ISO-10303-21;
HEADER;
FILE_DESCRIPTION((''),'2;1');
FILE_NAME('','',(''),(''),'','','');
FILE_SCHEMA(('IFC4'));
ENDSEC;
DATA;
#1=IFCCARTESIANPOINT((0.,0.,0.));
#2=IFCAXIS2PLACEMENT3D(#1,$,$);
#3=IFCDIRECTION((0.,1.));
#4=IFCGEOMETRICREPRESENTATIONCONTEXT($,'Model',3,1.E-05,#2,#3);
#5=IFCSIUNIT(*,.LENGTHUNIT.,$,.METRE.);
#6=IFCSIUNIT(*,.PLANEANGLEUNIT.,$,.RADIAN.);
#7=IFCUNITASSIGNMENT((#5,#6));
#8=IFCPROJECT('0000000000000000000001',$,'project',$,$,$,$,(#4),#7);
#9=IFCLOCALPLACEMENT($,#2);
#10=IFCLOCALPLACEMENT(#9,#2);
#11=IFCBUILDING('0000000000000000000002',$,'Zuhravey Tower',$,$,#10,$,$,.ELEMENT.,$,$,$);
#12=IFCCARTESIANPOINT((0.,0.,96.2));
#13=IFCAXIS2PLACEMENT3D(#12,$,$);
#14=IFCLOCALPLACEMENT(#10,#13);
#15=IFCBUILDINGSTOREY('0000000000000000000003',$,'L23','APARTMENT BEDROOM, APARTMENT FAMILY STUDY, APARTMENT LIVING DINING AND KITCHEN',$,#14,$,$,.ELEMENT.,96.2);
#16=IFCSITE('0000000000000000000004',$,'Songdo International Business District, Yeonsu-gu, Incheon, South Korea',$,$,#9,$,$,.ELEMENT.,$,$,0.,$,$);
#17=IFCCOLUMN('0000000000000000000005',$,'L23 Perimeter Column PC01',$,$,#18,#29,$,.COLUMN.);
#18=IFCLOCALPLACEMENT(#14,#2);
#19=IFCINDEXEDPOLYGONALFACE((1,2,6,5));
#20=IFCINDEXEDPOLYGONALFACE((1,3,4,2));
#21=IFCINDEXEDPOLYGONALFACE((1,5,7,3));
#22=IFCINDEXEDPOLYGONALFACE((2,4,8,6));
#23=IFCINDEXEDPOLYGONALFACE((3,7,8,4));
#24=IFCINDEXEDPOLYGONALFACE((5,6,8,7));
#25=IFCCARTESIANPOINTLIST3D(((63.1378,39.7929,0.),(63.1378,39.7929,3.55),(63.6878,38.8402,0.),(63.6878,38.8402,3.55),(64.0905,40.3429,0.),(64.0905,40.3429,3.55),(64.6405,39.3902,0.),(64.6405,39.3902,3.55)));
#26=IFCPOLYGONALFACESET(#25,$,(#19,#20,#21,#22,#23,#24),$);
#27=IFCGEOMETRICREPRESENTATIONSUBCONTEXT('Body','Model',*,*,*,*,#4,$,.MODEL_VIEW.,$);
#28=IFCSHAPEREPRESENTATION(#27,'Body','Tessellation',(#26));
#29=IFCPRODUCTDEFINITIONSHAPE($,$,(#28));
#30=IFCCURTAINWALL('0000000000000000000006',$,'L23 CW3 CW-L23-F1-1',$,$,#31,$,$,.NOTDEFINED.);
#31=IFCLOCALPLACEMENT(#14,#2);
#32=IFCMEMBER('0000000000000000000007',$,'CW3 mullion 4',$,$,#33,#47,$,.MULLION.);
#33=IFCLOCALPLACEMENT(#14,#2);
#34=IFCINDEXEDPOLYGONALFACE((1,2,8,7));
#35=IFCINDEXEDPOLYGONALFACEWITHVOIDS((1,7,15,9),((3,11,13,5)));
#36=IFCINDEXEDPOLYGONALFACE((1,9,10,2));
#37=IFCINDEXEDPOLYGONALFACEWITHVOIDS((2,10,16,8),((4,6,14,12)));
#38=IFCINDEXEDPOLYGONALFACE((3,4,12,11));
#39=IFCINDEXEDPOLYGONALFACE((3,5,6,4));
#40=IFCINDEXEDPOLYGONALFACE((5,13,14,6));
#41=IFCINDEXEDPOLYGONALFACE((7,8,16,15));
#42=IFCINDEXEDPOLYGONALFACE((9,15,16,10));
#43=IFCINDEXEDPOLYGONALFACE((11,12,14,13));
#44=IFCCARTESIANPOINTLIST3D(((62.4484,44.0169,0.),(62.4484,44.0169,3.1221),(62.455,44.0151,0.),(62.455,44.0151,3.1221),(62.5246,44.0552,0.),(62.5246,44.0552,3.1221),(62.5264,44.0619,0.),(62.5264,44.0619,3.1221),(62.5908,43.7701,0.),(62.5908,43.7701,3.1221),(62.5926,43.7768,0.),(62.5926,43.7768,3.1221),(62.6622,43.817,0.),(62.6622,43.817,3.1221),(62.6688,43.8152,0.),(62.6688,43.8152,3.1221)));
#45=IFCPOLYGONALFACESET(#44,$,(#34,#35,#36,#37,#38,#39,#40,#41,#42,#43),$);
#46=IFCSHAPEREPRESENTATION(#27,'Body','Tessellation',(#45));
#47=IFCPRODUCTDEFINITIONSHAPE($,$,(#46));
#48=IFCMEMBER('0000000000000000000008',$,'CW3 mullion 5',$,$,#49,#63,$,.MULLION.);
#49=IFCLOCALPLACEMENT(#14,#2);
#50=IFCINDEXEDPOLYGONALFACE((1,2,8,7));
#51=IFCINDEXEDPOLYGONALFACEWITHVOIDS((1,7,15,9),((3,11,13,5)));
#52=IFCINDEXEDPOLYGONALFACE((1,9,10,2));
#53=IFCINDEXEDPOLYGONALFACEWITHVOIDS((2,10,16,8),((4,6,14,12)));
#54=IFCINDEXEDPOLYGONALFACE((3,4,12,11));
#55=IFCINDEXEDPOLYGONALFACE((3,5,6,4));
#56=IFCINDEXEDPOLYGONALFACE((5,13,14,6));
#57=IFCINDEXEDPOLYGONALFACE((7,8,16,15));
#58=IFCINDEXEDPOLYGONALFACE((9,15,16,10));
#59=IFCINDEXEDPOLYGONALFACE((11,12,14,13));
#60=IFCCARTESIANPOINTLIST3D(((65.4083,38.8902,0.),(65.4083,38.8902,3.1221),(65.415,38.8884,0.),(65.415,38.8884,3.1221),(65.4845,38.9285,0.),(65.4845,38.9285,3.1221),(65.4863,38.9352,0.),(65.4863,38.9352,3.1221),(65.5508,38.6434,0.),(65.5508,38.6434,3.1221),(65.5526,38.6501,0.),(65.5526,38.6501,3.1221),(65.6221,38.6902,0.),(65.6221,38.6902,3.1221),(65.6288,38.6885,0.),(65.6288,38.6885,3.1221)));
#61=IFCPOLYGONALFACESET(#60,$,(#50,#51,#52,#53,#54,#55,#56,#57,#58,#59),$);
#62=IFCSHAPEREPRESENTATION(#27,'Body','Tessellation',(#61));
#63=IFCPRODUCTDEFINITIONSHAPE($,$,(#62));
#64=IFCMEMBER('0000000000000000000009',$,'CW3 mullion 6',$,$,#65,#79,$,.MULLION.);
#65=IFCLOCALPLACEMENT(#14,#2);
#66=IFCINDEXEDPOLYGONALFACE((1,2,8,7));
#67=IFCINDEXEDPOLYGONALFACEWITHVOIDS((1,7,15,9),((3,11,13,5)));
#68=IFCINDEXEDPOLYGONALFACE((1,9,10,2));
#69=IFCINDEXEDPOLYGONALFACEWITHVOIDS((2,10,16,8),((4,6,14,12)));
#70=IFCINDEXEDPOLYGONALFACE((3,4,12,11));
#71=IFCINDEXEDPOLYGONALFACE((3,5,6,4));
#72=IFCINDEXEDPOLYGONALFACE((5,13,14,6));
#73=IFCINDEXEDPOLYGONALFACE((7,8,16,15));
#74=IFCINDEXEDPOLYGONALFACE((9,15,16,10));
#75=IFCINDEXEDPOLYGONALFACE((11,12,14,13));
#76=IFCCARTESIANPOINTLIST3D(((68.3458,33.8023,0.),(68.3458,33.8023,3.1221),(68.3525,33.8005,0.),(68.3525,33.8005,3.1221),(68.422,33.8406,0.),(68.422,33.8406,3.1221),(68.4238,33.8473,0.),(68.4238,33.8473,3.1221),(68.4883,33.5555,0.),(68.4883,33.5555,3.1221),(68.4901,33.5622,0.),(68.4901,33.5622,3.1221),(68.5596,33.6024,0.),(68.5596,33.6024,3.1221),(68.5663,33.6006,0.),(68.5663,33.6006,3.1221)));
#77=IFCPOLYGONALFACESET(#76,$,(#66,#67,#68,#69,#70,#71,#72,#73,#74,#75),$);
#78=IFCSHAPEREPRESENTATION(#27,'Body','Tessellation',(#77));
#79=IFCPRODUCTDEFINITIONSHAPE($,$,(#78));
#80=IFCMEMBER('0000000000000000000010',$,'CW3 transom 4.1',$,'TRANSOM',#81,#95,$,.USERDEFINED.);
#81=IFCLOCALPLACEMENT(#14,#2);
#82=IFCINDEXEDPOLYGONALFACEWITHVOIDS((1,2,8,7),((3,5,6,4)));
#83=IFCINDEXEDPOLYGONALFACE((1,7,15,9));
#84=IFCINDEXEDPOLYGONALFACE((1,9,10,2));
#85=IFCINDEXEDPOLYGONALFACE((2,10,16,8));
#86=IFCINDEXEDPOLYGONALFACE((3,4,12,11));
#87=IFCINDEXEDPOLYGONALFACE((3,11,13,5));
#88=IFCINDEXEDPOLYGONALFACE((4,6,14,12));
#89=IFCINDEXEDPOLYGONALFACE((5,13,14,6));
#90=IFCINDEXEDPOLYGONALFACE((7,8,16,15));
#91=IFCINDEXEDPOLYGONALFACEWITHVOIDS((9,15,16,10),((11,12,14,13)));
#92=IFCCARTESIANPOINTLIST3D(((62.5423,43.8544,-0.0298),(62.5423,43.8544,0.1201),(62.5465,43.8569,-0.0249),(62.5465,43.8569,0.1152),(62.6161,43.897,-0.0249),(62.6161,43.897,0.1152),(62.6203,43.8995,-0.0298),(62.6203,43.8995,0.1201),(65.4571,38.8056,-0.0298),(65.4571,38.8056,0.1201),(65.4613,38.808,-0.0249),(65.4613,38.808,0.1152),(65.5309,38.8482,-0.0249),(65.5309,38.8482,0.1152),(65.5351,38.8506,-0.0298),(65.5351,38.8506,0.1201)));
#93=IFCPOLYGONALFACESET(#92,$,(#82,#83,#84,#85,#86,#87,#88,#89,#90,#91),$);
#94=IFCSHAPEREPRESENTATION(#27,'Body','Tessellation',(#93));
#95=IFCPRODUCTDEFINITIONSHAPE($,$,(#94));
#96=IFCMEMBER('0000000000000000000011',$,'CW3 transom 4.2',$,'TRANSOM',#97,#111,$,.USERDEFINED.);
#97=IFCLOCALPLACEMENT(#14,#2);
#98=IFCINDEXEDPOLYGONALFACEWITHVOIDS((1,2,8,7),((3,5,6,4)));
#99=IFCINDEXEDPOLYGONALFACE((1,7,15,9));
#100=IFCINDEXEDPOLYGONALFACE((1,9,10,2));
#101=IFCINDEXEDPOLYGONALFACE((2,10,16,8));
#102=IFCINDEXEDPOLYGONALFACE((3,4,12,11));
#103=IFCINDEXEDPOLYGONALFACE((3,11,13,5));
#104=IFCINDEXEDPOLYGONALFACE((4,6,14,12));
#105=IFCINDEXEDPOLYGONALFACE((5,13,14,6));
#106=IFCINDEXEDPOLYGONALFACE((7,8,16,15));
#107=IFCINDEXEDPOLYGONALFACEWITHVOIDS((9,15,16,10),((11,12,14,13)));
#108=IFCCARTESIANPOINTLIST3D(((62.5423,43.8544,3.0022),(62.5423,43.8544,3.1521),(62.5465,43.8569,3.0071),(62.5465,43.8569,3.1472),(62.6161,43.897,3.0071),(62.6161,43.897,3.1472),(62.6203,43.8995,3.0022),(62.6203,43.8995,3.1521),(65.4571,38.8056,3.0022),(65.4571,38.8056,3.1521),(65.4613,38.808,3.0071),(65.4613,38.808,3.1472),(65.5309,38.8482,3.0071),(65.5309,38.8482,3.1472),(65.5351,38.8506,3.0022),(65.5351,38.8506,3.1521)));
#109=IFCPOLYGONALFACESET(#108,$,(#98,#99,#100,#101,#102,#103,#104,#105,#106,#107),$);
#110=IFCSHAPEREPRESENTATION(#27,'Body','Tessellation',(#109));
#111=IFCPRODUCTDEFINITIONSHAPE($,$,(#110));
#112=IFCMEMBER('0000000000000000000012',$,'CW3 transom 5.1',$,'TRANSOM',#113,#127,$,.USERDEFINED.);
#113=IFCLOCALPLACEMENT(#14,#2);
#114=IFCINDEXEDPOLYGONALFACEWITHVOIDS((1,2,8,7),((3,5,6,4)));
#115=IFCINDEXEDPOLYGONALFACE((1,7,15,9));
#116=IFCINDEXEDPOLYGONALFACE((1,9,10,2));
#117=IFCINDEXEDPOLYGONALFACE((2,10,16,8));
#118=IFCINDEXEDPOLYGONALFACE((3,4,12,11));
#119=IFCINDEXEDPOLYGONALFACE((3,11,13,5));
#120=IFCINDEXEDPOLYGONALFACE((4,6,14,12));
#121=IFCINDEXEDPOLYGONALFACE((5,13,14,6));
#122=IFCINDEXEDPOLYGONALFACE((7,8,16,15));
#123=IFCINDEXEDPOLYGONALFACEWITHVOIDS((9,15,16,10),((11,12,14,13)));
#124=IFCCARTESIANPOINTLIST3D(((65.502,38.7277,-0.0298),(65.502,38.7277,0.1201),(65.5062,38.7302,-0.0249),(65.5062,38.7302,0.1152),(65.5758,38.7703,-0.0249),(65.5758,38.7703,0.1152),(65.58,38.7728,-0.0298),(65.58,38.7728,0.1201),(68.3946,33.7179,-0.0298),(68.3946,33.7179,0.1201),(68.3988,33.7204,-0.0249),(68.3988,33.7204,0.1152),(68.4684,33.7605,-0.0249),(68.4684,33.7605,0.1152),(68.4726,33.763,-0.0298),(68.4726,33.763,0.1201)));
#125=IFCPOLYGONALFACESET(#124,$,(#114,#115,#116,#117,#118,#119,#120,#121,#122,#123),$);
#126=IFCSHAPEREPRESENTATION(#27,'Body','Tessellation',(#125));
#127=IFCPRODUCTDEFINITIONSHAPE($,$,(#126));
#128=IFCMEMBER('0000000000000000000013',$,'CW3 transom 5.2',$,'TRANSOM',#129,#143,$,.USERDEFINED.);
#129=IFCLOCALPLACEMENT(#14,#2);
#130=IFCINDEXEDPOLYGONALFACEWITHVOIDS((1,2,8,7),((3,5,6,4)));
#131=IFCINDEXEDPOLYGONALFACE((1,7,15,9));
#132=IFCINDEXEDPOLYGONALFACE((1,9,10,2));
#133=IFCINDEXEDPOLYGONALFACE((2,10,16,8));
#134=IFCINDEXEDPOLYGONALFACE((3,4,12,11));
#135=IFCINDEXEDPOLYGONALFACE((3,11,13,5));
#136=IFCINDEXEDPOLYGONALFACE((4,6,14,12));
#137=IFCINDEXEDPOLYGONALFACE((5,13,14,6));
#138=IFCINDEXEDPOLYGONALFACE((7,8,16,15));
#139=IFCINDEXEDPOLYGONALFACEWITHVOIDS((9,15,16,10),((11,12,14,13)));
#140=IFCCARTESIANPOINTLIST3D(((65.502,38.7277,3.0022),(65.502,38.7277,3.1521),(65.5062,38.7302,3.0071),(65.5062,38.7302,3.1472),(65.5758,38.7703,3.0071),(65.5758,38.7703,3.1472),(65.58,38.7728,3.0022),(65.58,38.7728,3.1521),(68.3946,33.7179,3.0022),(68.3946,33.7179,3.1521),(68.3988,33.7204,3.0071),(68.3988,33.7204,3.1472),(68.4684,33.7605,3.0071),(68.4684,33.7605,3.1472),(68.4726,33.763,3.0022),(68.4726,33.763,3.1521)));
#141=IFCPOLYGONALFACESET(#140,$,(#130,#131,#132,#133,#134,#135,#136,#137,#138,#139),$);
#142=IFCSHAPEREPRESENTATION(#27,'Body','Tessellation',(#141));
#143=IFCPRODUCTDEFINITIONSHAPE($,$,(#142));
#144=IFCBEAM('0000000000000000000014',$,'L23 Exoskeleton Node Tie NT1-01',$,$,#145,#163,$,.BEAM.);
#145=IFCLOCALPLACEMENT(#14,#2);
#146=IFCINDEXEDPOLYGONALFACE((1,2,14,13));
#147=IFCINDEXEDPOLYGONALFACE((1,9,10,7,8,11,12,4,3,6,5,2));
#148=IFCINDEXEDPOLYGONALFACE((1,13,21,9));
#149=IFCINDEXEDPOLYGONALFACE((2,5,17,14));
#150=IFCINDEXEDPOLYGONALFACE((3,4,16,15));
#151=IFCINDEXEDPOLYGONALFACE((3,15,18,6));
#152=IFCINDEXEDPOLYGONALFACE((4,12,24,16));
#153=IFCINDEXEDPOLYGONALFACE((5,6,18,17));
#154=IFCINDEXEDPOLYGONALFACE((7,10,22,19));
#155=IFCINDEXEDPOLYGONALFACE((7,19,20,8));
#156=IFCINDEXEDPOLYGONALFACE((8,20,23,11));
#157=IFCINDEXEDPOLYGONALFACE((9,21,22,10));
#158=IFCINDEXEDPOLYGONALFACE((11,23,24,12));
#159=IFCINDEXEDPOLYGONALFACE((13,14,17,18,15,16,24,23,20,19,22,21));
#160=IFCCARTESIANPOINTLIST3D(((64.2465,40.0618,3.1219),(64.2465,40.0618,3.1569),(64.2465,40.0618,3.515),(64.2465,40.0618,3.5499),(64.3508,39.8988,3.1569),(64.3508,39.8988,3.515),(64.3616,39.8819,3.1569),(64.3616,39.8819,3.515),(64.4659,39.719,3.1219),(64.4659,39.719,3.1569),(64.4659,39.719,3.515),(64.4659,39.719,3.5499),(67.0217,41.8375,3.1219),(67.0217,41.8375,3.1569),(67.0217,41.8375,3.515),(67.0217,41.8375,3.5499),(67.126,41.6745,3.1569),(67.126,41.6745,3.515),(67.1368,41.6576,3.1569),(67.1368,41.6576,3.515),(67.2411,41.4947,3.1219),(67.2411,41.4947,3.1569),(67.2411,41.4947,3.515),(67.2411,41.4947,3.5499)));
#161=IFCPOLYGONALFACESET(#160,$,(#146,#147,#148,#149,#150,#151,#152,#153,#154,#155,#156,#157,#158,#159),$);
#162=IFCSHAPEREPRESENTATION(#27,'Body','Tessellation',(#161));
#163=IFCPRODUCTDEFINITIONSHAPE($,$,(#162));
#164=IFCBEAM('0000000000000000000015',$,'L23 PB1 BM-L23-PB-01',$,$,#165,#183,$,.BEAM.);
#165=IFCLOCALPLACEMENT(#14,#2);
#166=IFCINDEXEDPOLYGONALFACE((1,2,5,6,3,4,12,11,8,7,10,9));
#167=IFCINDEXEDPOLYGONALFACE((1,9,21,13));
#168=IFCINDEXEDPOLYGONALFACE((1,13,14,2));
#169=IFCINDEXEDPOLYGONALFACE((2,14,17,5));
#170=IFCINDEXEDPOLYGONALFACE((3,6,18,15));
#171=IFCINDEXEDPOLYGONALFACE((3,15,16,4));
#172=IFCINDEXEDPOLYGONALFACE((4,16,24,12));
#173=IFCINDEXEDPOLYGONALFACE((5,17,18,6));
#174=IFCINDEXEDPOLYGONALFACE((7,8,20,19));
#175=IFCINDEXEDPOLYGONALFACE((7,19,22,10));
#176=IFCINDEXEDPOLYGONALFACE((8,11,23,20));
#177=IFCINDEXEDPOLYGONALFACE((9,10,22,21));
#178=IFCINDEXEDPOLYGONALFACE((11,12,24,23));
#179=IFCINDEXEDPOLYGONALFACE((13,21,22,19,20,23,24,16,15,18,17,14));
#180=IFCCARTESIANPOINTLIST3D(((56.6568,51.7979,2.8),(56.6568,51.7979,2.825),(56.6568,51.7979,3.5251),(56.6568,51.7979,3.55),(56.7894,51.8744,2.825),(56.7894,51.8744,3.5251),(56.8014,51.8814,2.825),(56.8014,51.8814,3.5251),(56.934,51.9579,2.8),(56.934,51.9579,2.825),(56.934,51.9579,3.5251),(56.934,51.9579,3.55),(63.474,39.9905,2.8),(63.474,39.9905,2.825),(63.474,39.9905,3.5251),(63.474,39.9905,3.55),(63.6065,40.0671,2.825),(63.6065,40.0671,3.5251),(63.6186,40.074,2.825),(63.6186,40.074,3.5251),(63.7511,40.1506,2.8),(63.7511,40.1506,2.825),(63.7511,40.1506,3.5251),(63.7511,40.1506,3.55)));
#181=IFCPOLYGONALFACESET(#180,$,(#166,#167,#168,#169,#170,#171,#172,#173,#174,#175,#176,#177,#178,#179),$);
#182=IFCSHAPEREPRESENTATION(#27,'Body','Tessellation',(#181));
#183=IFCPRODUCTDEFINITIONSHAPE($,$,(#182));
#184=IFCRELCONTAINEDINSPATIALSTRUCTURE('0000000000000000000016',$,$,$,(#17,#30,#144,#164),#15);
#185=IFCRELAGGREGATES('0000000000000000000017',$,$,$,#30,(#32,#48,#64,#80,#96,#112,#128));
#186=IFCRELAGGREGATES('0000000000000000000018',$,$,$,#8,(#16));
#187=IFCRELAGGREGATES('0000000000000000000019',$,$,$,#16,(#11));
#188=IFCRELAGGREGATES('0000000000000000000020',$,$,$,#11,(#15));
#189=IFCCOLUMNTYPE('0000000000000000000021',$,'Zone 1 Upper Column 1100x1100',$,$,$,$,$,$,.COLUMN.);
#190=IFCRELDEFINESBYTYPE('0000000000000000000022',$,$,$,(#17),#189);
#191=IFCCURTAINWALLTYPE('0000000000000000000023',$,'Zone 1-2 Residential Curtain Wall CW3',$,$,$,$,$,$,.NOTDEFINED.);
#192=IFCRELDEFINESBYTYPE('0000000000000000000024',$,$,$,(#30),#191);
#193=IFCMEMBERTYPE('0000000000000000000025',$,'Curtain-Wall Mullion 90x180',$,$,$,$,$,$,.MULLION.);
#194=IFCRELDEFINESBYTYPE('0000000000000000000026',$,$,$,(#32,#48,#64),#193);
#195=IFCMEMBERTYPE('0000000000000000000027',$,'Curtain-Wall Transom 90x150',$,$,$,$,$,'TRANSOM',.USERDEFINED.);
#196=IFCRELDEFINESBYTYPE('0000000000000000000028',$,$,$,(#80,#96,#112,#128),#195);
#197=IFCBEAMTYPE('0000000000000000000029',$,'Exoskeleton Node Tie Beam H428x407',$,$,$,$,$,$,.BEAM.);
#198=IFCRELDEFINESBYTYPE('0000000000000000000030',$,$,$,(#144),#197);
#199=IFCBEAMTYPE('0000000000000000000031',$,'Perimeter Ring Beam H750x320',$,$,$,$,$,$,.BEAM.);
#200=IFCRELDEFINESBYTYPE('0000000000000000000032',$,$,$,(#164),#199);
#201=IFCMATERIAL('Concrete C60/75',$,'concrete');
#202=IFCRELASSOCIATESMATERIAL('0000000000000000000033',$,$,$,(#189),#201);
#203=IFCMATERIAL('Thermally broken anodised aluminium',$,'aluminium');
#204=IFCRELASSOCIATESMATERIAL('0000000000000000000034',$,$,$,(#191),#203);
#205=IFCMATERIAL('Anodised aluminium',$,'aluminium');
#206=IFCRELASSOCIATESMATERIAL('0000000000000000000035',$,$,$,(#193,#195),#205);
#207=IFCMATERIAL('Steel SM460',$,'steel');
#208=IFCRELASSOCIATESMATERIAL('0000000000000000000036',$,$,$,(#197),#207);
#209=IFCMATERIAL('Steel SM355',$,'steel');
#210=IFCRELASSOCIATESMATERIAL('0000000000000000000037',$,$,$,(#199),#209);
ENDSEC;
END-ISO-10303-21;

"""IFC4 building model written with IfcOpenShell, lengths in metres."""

from ifc_helpers import new_model, si_unit, direction, frame, origin, origin_2d, place, context, subcontext, project, spatial, rectangle, hollow_rectangle, i_section, extrude, material, material_profile, profile_set, type_object, element, aggregate, save


model = new_model("IFC4")

# Units and contexts
model_context = context("Model", 3, precision=1e-05, world=origin(), true_north=direction((0.0, 1.0)))
body_context = subcontext(model_context, "Body", "Model", "MODEL_VIEW")
ifc_project = project(units=[si_unit("LENGTHUNIT", "METRE"), si_unit("PLANEANGLEUNIT", "RADIAN")], contexts=[model_context])

# Site, building, storey
site_placement = place(None, origin())
site = spatial("IfcSite", under=ifc_project, at=site_placement, Name="Songdo International Business District, Yeonsu-gu, Incheon, South Korea", CompositionType="ELEMENT", RefElevation=0.0)
building_placement = place(site_placement, origin())
building = spatial("IfcBuilding", under=site, at=building_placement, Name="Zuhravey Tower", CompositionType="ELEMENT")
storey_placement = place(building_placement, frame((0.0, 0.0, 96.2)))
storey = spatial("IfcBuildingStorey", under=building, at=storey_placement, Name="L23", Description="APARTMENT BEDROOM, APARTMENT FAMILY STUDY, APARTMENT LIVING DINING AND KITCHEN", CompositionType="ELEMENT", Elevation=96.2)

# Column
ifc_material_1 = material(Name="Concrete C60/75", Category="concrete")
ifc_material_profile_1 = material_profile(ifc_material_1, rectangle(XDim=1.1001, YDim=1.1001, at=origin_2d()), Name="RC-1100x1100")
ifc_profile_set_1 = profile_set([ifc_material_profile_1], Name="Concrete C60/75")
column_type = type_object("IfcColumnType", Name="Zone 1 Upper Column 1100x1100", PredefinedType="COLUMN", material=ifc_profile_set_1)
column_placement = place(storey_placement, frame((63.8892, 39.5916, 0.0), z_axis=(0.0, 0.0, 1.0), x_axis=(-0.5, 0.866025, 0.0)))
element("IfcColumn", 1, at=column_placement, inside=storey, type_object=column_type, Name="L23 Perimeter Column PC01", PredefinedType="COLUMN", context=body_context, shape_type="SweptSolid", body=[
    extrude(rectangle(XDim=1.1001, YDim=1.1001, at=origin_2d()), origin(), (0.0, 0.0, 1.0), 3.55),
])

# Curtain wall, members
ifc_material_2 = material(Name="Thermally broken anodised aluminium", Category="aluminium")
curtain_wall_type = type_object("IfcCurtainWallType", Name="Zone 1-2 Residential Curtain Wall CW3", PredefinedType="NOTDEFINED", material=ifc_material_2)
curtain_wall_placement = place(storey_placement, origin())
curtain_wall = element("IfcCurtainWall", 2, at=curtain_wall_placement, inside=storey, type_object=curtain_wall_type, Name="L23 CW3 CW-L23-F1-1", PredefinedType="NOTDEFINED")
ifc_material_3 = material(Name="Anodised aluminium", Category="aluminium")
ifc_material_profile_2 = material_profile(ifc_material_3, hollow_rectangle(XDim=0.0901, YDim=0.2849, WallThickness=0.0049, at=origin_2d()), Name="ALU-RHS-90x285x5")
ifc_profile_set_2 = profile_set([ifc_material_profile_2], Name="Anodised aluminium")
member_type_1 = type_object("IfcMemberType", Name="Curtain-Wall Mullion 90x180", PredefinedType="MULLION", material=ifc_profile_set_2)
member_1_placement = place(storey_placement, frame((62.5586, 43.916, 0.0), z_axis=(0.0, 0.0, 1.0), x_axis=(0.866026, 0.5, 0.0)))
member_1 = element("IfcMember", 3, at=member_1_placement, type_object=member_type_1, Name="CW3 mullion 4", PredefinedType="MULLION", context=body_context, shape_type="SweptSolid", body=[
    extrude(hollow_rectangle(XDim=0.0901, YDim=0.2849, WallThickness=0.0049, at=origin_2d()), origin(), (0.0, 0.0, 1.0), 3.1221),
])
member_2_placement = place(storey_placement, frame((65.5186, 38.7893, 0.0), z_axis=(0.0, 0.0, 1.0), x_axis=(0.866026, 0.5, 0.0)))
member_2 = element("IfcMember", 4, at=member_2_placement, type_object=member_type_1, Name="CW3 mullion 5", PredefinedType="MULLION", context=body_context, shape_type="SweptSolid", body=[
    extrude(hollow_rectangle(XDim=0.0901, YDim=0.2849, WallThickness=0.0049, at=origin_2d()), origin(), (0.0, 0.0, 1.0), 3.1221),
])
member_3_placement = place(storey_placement, frame((68.4561, 33.7014, 0.0), z_axis=(0.0, 0.0, 1.0), x_axis=(0.866026, 0.5, 0.0)))
member_3 = element("IfcMember", 5, at=member_3_placement, type_object=member_type_1, Name="CW3 mullion 6", PredefinedType="MULLION", context=body_context, shape_type="SweptSolid", body=[
    extrude(hollow_rectangle(XDim=0.0901, YDim=0.2849, WallThickness=0.0049, at=origin_2d()), origin(), (0.0, 0.0, 1.0), 3.1221),
])
ifc_material_profile_3 = material_profile(ifc_material_3, hollow_rectangle(XDim=0.0901, YDim=0.1499, WallThickness=0.0049, at=origin_2d()), Name="ALU-RHS-90x150x5")
ifc_profile_set_3 = profile_set([ifc_material_profile_3], Name="Anodised aluminium")
member_type_2 = type_object("IfcMemberType", Name="Curtain-Wall Transom 90x150", ElementType="TRANSOM", PredefinedType="USERDEFINED", material=ifc_profile_set_3)
member_4_placement = place(storey_placement, frame((62.5813, 43.877, 0.0452), z_axis=(0.499981, -0.866036, 0.0), x_axis=(0.866036, 0.499981, 0.0)))
member_4 = element("IfcMember", 6, at=member_4_placement, type_object=member_type_2, Name="CW3 transom 4.1", ObjectType="TRANSOM", PredefinedType="USERDEFINED", context=body_context, shape_type="SweptSolid", body=[
    extrude(hollow_rectangle(XDim=0.0901, YDim=0.1499, WallThickness=0.0049, at=origin_2d()), origin(), (0.0, 0.0, 1.0), 5.8298),
])
member_5_placement = place(storey_placement, frame((62.5813, 43.877, 3.0771), z_axis=(0.499981, -0.866036, 0.0), x_axis=(0.866036, 0.499981, 0.0)))
member_5 = element("IfcMember", 7, at=member_5_placement, type_object=member_type_2, Name="CW3 transom 4.2", ObjectType="TRANSOM", PredefinedType="USERDEFINED", context=body_context, shape_type="SweptSolid", body=[
    extrude(hollow_rectangle(XDim=0.0901, YDim=0.1499, WallThickness=0.0049, at=origin_2d()), origin(), (0.0, 0.0, 1.0), 5.8298),
])
member_6_placement = place(storey_placement, frame((65.541, 38.7502, 0.0452), z_axis=(0.500024, -0.866011, 0.0), x_axis=(0.866011, 0.500024, 0.0)))
member_6 = element("IfcMember", 8, at=member_6_placement, type_object=member_type_2, Name="CW3 transom 5.1", ObjectType="TRANSOM", PredefinedType="USERDEFINED", context=body_context, shape_type="SweptSolid", body=[
    extrude(hollow_rectangle(XDim=0.0901, YDim=0.1499, WallThickness=0.0049, at=origin_2d()), origin(), (0.0, 0.0, 1.0), 5.7849),
])
member_7_placement = place(storey_placement, frame((65.541, 38.7502, 3.0771), z_axis=(0.500024, -0.866011, 0.0), x_axis=(0.866011, 0.500024, 0.0)))
member_7 = element("IfcMember", 9, at=member_7_placement, type_object=member_type_2, Name="CW3 transom 5.2", ObjectType="TRANSOM", PredefinedType="USERDEFINED", context=body_context, shape_type="SweptSolid", body=[
    extrude(hollow_rectangle(XDim=0.0901, YDim=0.1499, WallThickness=0.0049, at=origin_2d()), origin(), (0.0, 0.0, 1.0), 5.7849),
])

# Beams
ifc_material_4 = material(Name="Steel SM460", Category="steel")
ifc_material_profile_4 = material_profile(ifc_material_4, i_section(OverallWidth=0.407, OverallDepth=0.428, WebThickness=0.02, FlangeThickness=0.0349, at=origin_2d()), Name="H-428x407x20x35")
ifc_profile_set_4 = profile_set([ifc_material_profile_4], Name="Steel SM460")
beam_type_1 = type_object("IfcBeamType", Name="Exoskeleton Node Tie Beam H428x407", PredefinedType="BEAM", material=ifc_profile_set_4)
beam_1_placement = place(storey_placement, frame((64.3562, 39.8904, 3.3359), z_axis=(0.842335, 0.538955, 0.0), x_axis=(-0.538955, 0.842335, 0.0)))
element("IfcBeam", 10, at=beam_1_placement, inside=storey, type_object=beam_type_1, Name="L23 Exoskeleton Node Tie NT1-01", PredefinedType="BEAM", context=body_context, shape_type="SweptSolid", body=[
    extrude(i_section(OverallWidth=0.407, OverallDepth=0.428, WebThickness=0.02, FlangeThickness=0.0349, at=origin_2d()), origin(), (0.0, 0.0, 1.0), 3.2947),
])
ifc_material_5 = material(Name="Steel SM355", Category="steel")
ifc_material_profile_5 = material_profile(ifc_material_5, i_section(OverallWidth=0.3201, OverallDepth=0.75, WebThickness=0.0139, FlangeThickness=0.0249, at=origin_2d()), Name="H-750x320x14x25")
ifc_profile_set_5 = profile_set([ifc_material_profile_5], Name="Steel SM355")
beam_type_2 = type_object("IfcBeamType", Name="Perimeter Ring Beam H750x320", PredefinedType="BEAM", material=ifc_profile_set_5)
beam_2_placement = place(storey_placement, frame((63.6125, 40.0706, 3.175), z_axis=(-0.500008, 0.866021, 0.0), x_axis=(-0.866021, -0.500008, 0.0)))
element("IfcBeam", 11, at=beam_2_placement, inside=storey, type_object=beam_type_2, Name="L23 PB1 BM-L23-PB-01", PredefinedType="BEAM", context=body_context, shape_type="SweptSolid", body=[
    extrude(i_section(OverallWidth=0.3201, OverallDepth=0.75, WebThickness=0.0139, FlangeThickness=0.0249, at=origin_2d()), origin(), (0.0, 0.0, 1.0), 13.634),
])

aggregate(curtain_wall, [member_1, member_2, member_3, member_4, member_5, member_6, member_7])

save(model, "model.ifc")
